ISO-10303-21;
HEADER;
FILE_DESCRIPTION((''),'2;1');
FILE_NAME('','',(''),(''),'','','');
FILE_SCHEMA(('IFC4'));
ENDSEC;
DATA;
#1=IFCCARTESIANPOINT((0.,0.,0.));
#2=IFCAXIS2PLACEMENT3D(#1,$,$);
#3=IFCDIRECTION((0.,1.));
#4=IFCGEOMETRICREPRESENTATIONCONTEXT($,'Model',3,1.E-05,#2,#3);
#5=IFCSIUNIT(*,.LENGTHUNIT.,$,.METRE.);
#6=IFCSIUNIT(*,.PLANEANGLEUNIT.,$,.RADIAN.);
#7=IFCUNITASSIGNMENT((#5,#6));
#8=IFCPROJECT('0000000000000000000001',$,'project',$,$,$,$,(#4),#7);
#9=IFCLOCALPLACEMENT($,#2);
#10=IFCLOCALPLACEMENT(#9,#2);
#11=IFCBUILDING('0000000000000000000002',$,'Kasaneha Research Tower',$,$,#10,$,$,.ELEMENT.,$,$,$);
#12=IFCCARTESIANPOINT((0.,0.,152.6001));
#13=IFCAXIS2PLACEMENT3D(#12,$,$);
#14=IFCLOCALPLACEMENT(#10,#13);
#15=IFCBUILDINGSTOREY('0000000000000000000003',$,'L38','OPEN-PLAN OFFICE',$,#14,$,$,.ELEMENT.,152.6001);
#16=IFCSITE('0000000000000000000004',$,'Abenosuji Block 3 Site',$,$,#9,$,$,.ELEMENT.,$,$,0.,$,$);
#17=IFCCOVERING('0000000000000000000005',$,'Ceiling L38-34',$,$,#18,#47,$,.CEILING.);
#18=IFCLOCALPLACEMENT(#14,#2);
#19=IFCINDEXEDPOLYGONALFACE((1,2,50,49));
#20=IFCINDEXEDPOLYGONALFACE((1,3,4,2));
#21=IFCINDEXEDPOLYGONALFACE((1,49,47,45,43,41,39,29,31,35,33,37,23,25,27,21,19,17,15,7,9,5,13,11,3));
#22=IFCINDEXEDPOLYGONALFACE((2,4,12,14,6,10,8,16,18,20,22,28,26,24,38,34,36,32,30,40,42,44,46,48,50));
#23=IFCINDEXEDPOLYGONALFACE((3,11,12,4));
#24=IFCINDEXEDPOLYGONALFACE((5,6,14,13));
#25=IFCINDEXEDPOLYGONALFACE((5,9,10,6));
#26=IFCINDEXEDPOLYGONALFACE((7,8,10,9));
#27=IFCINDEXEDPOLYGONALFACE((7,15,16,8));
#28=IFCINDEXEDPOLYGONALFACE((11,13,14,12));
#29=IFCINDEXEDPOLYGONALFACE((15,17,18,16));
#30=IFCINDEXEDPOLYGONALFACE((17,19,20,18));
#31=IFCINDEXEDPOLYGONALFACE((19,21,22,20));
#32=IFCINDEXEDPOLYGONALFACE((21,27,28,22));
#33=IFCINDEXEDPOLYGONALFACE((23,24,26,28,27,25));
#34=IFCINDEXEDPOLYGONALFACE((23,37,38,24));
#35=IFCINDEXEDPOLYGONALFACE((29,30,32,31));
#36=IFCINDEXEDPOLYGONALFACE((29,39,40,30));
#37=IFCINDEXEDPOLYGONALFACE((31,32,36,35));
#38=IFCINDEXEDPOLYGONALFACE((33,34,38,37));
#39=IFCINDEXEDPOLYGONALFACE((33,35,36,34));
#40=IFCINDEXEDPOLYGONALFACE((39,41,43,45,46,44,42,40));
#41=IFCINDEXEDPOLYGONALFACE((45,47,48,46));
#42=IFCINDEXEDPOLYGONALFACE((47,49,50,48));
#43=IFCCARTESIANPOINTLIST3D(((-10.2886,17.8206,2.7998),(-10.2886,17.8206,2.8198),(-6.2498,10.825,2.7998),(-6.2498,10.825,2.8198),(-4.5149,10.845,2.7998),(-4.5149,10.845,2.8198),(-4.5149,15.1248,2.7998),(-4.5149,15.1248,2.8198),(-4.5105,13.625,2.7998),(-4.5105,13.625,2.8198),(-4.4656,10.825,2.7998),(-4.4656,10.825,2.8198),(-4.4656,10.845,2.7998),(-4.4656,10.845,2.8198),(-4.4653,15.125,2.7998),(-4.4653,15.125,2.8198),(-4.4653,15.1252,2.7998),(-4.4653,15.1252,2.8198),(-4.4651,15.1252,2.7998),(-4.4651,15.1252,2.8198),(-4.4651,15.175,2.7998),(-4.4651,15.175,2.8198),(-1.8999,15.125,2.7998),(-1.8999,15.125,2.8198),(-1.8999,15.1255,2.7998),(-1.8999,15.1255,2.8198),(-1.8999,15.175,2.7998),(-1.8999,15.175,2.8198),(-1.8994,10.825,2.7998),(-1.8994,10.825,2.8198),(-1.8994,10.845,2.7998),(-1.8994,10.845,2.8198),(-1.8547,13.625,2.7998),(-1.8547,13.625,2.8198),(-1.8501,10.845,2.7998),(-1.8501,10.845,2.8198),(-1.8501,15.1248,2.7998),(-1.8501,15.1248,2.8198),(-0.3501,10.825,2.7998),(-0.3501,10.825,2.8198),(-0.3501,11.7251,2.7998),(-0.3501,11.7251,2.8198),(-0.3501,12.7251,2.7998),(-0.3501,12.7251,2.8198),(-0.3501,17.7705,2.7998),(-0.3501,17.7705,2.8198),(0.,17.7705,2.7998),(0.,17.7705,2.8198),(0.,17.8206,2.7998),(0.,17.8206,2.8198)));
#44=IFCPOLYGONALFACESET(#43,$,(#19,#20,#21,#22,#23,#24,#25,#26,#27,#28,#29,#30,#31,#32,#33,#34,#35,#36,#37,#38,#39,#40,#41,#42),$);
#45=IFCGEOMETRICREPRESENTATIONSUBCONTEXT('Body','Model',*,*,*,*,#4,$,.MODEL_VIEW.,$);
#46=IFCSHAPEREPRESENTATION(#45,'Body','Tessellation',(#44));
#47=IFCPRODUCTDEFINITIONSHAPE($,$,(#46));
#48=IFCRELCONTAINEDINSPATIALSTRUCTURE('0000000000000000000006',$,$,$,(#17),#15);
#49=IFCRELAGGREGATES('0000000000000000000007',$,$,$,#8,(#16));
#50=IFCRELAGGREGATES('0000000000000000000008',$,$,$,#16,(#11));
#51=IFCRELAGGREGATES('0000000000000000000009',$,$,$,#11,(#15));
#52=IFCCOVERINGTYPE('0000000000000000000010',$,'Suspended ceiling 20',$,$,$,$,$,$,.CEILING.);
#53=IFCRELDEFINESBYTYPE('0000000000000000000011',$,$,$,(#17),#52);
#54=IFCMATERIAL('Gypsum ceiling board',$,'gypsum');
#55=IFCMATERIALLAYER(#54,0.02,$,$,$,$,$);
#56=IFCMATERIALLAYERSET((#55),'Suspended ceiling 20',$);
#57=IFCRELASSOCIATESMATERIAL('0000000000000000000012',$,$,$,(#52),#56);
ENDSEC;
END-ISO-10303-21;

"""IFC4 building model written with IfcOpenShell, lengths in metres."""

from ifc_helpers import new_model, si_unit, direction, frame, origin, place, context, subcontext, project, spatial, polyline, outline, extrude, material, layer, layer_set, type_object, element, save


model = new_model("IFC4")

# Units and contexts
model_context = context("Model", 3, precision=1e-05, world=origin(), true_north=direction((0.0, 1.0)))
body_context = subcontext(model_context, "Body", "Model", "MODEL_VIEW")
ifc_project = project(units=[si_unit("LENGTHUNIT", "METRE"), si_unit("PLANEANGLEUNIT", "RADIAN")], contexts=[model_context])

# Site, building, storey
site_placement = place(None, origin())
site = spatial("IfcSite", under=ifc_project, at=site_placement, Name="Abenosuji Block 3 Site", CompositionType="ELEMENT", RefElevation=0.0)
building_placement = place(site_placement, origin())
building = spatial("IfcBuilding", under=site, at=building_placement, Name="Kasaneha Research Tower", CompositionType="ELEMENT")
storey_placement = place(building_placement, frame((0.0, 0.0, 152.6001)))
storey = spatial("IfcBuildingStorey", under=building, at=storey_placement, Name="L38", Description="OPEN-PLAN OFFICE", CompositionType="ELEMENT", Elevation=152.6001)

# Covering
ifc_material_1 = material(Name="Gypsum ceiling board", Category="gypsum")
ifc_layer_1 = layer(ifc_material_1, 0.02)
ifc_layer_set_1 = layer_set([ifc_layer_1], Name="Suspended ceiling 20")
covering_type_1 = type_object("IfcCoveringType", Name="Suspended ceiling 20", PredefinedType="CEILING", material=ifc_layer_set_1)
covering_1_placement = place(storey_placement, frame((0.0, 0.0, 2.7998)))
element("IfcCovering", 1, at=covering_1_placement, inside=storey, type_object=covering_type_1, Name="Ceiling L38-34", PredefinedType="CEILING", context=body_context, shape_type="SweptSolid", body=[
    extrude(outline(polyline([(-0.3501, 11.7251), (-0.3501, 10.825), (-1.8994, 10.825), (-1.8994, 10.845), (-1.8501, 10.845), (-1.8547, 13.625), (-1.8501, 15.1248), (-1.8999, 15.125), (-1.8999, 15.1255), (-1.8999, 15.175), (-4.4651, 15.175), (-4.4651, 15.1252), (-4.4653, 15.1252), (-4.4653, 15.125), (-4.5149, 15.1248), (-4.5105, 13.625), (-4.5149, 10.845), (-4.4656, 10.845), (-4.4656, 10.825), (-6.2498, 10.825), (-10.2886, 17.8206), (0.0, 17.8206), (0.0, 17.7705), (-0.3501, 17.7705), (-0.3501, 17.7705), (-0.3501, 12.7251), (-0.3501, 11.7251)])), origin(), (0.0, 0.0, 1.0), 0.02),
])

save(model, "model.ifc")
